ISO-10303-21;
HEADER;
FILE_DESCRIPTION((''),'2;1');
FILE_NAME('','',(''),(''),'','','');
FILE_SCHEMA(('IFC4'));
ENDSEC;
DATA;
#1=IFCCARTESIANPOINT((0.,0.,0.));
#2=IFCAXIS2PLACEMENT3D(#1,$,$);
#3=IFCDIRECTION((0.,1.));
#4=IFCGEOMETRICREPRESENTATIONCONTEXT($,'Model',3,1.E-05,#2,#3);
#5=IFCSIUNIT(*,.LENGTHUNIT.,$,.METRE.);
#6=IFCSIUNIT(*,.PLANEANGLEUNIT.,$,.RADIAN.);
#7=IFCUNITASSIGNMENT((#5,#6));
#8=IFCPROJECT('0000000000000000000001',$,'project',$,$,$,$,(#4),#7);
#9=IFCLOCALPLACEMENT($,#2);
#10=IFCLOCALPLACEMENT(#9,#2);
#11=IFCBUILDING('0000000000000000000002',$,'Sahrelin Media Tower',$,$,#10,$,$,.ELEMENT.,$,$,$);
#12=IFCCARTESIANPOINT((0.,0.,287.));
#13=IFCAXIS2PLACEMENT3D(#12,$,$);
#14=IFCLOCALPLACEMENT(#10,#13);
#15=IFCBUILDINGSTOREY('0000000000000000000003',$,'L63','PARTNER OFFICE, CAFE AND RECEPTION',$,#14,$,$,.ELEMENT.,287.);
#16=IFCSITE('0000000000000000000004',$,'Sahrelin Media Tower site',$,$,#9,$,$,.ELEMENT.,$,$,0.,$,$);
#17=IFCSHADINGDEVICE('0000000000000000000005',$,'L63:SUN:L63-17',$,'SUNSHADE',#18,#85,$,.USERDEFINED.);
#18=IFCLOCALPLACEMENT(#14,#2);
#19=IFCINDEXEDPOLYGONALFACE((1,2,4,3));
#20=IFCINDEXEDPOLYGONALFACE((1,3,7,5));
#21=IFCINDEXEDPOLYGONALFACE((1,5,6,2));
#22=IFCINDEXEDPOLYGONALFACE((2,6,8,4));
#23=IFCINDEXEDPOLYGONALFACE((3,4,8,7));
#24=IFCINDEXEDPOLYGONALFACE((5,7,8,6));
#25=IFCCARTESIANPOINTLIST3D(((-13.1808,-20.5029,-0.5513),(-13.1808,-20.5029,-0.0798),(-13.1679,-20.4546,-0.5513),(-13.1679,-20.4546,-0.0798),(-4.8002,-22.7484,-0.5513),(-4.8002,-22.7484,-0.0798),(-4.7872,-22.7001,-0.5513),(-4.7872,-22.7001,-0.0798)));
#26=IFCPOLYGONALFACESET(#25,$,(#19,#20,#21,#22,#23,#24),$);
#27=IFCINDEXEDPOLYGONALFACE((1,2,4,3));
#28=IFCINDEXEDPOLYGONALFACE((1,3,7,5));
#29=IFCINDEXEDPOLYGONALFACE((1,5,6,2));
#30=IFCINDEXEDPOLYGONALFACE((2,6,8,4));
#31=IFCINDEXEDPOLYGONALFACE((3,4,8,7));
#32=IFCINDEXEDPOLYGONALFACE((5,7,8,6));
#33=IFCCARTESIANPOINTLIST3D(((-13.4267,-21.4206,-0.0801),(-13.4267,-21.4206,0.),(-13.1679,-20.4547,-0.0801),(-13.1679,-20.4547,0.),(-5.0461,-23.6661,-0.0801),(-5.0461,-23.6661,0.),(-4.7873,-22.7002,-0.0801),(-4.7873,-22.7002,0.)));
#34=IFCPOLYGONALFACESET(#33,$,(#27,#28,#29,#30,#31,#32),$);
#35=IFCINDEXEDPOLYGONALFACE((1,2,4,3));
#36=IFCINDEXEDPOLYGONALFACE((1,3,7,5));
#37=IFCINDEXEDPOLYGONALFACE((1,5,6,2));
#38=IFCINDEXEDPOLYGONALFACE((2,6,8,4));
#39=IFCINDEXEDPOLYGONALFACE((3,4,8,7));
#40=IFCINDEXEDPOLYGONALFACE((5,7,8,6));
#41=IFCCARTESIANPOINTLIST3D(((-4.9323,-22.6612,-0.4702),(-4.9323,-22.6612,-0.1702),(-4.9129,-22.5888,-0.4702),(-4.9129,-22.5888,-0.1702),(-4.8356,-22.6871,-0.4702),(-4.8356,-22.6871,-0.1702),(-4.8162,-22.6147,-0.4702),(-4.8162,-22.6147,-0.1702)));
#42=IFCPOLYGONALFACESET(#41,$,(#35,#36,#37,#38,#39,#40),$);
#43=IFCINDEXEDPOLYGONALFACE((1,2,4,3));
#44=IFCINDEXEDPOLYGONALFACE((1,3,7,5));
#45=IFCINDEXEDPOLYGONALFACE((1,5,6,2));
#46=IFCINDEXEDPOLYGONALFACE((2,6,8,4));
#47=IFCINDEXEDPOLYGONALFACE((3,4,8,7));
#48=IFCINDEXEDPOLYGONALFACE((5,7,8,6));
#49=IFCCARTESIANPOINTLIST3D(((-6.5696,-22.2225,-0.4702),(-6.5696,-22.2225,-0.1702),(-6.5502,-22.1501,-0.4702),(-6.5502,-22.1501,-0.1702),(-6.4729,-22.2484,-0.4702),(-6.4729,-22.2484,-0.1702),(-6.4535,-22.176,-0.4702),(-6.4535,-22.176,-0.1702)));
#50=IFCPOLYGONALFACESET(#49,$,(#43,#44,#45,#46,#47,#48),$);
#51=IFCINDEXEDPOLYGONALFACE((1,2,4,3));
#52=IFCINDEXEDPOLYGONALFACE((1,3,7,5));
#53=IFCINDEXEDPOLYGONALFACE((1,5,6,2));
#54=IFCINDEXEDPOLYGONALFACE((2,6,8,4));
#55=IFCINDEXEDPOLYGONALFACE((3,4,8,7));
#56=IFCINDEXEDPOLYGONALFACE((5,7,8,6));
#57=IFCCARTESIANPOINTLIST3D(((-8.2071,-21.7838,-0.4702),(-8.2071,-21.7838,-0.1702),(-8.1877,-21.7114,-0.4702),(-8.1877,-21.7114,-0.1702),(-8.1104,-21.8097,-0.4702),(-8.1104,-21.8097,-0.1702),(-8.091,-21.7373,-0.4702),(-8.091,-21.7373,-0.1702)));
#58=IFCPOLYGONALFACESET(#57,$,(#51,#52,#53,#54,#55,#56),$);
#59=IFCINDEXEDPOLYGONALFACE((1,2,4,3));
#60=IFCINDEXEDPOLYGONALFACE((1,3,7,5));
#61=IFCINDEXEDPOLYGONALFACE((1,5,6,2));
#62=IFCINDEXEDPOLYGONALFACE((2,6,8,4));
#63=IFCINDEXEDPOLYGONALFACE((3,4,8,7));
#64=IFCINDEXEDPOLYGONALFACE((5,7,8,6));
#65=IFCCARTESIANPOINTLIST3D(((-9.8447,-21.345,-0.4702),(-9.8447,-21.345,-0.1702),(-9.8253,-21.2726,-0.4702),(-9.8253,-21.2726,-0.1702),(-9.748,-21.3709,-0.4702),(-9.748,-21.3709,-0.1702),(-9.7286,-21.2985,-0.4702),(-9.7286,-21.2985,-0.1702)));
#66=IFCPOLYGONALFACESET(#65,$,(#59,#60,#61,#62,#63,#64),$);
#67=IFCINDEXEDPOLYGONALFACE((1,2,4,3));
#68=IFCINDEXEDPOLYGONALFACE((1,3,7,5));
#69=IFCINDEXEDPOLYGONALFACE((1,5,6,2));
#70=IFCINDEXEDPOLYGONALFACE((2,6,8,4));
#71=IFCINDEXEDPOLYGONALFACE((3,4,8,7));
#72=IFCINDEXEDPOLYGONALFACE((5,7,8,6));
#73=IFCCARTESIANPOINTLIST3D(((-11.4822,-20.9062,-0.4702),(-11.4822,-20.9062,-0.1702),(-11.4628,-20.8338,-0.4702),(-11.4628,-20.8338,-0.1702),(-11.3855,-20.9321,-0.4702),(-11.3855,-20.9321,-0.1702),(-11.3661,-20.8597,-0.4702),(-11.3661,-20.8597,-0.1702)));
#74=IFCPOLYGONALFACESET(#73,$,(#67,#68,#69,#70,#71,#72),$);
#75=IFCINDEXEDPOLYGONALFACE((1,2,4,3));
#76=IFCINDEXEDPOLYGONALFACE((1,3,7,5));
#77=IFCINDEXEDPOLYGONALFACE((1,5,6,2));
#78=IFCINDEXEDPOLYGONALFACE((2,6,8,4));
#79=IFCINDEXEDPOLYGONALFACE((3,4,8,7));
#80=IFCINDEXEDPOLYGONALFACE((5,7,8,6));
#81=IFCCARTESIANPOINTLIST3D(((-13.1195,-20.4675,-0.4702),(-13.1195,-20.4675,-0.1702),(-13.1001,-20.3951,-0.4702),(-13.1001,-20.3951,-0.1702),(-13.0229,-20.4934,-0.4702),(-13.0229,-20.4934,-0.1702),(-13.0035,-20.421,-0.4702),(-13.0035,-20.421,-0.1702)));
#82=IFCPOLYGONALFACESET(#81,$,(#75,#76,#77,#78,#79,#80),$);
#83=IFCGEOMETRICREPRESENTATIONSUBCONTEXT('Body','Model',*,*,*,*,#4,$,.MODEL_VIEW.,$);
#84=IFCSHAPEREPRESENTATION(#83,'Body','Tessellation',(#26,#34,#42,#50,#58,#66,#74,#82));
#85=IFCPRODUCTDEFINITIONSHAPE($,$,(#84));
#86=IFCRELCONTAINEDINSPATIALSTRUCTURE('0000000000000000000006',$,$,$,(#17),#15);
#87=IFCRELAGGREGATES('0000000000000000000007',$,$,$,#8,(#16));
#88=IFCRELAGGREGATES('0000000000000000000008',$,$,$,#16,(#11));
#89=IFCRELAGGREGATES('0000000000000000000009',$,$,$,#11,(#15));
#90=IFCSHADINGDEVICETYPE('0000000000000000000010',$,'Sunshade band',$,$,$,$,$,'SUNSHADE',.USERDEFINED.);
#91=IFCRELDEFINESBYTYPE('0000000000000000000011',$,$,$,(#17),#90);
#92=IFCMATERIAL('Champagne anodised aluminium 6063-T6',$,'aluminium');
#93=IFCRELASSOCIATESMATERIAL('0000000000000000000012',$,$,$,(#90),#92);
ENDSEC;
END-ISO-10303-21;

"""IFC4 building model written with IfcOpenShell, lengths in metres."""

from ifc_helpers import new_model, si_unit, direction, frame, origin, origin_2d, place, context, subcontext, project, spatial, rectangle, extrude, material, type_object, element, save


model = new_model("IFC4")

# Units and contexts
model_context = context("Model", 3, precision=1e-05, world=origin(), true_north=direction((0.0, 1.0)))
body_context = subcontext(model_context, "Body", "Model", "MODEL_VIEW")
ifc_project = project(units=[si_unit("LENGTHUNIT", "METRE"), si_unit("PLANEANGLEUNIT", "RADIAN")], contexts=[model_context])

# Site, building, storey
site_placement = place(None, origin())
site = spatial("IfcSite", under=ifc_project, at=site_placement, Name="Sahrelin Media Tower site", CompositionType="ELEMENT", RefElevation=0.0)
building_placement = place(site_placement, origin())
building = spatial("IfcBuilding", under=site, at=building_placement, Name="Sahrelin Media Tower", CompositionType="ELEMENT")
storey_placement = place(building_placement, frame((0.0, 0.0, 287.0)))
storey = spatial("IfcBuildingStorey", under=building, at=storey_placement, Name="L63", Description="PARTNER OFFICE, CAFE AND RECEPTION", CompositionType="ELEMENT", Elevation=287.0)

# Shared definitions
ifc_material_1 = material(Name="Champagne anodised aluminium 6063-T6", Category="aluminium")

# Shading device
placement = place(storey_placement, frame((-8.9724, -21.5581, 0.0), z_axis=(0.0, 0.0, 1.0), x_axis=(-0.965929, 0.258808, 0.0)))
shading_device_type_1 = type_object("IfcShadingDeviceType", Name="Sunshade band", ElementType="SUNSHADE", PredefinedType="USERDEFINED", material=ifc_material_1)
element("IfcShadingDevice", 1, at=placement, inside=storey, type_object=shading_device_type_1, Name="L63:SUN:L63-17", ObjectType="SUNSHADE", PredefinedType="USERDEFINED", context=body_context, shape_type="SweptSolid", body=[
    extrude(rectangle(XDim=8.6763, YDim=0.05, at=origin_2d()), frame((0.0, 0.0449, -0.5513)), (0.0, 0.0, 1.0), 0.4714),
    extrude(rectangle(XDim=8.6763, YDim=1.0, at=origin_2d()), frame((0.0, 0.52, -0.0801)), (0.0, 0.0, 1.0), 0.0801),
    extrude(rectangle(XDim=0.1001, YDim=0.075, at=origin_2d()), frame((-4.238, -0.0176, -0.4702)), (0.0, 0.0, 1.0), 0.3),
    extrude(rectangle(XDim=0.1001, YDim=0.075, at=origin_2d()), frame((-2.543, -0.0176, -0.4702)), (0.0, 0.0, 1.0), 0.3),
    extrude(rectangle(XDim=0.1001, YDim=0.075, at=origin_2d()), frame((-0.8477, -0.0176, -0.4702)), (0.0, 0.0, 1.0), 0.3),
    extrude(rectangle(XDim=0.1001, YDim=0.075, at=origin_2d()), frame((0.8477, -0.0176, -0.4702)), (0.0, 0.0, 1.0), 0.3),
    extrude(rectangle(XDim=0.1001, YDim=0.075, at=origin_2d()), frame((2.543, -0.0176, -0.4702)), (0.0, 0.0, 1.0), 0.3),
    extrude(rectangle(XDim=0.1001, YDim=0.075, at=origin_2d()), frame((4.238, -0.0176, -0.4702)), (0.0, 0.0, 1.0), 0.3),
])

save(model, "model.ifc")
